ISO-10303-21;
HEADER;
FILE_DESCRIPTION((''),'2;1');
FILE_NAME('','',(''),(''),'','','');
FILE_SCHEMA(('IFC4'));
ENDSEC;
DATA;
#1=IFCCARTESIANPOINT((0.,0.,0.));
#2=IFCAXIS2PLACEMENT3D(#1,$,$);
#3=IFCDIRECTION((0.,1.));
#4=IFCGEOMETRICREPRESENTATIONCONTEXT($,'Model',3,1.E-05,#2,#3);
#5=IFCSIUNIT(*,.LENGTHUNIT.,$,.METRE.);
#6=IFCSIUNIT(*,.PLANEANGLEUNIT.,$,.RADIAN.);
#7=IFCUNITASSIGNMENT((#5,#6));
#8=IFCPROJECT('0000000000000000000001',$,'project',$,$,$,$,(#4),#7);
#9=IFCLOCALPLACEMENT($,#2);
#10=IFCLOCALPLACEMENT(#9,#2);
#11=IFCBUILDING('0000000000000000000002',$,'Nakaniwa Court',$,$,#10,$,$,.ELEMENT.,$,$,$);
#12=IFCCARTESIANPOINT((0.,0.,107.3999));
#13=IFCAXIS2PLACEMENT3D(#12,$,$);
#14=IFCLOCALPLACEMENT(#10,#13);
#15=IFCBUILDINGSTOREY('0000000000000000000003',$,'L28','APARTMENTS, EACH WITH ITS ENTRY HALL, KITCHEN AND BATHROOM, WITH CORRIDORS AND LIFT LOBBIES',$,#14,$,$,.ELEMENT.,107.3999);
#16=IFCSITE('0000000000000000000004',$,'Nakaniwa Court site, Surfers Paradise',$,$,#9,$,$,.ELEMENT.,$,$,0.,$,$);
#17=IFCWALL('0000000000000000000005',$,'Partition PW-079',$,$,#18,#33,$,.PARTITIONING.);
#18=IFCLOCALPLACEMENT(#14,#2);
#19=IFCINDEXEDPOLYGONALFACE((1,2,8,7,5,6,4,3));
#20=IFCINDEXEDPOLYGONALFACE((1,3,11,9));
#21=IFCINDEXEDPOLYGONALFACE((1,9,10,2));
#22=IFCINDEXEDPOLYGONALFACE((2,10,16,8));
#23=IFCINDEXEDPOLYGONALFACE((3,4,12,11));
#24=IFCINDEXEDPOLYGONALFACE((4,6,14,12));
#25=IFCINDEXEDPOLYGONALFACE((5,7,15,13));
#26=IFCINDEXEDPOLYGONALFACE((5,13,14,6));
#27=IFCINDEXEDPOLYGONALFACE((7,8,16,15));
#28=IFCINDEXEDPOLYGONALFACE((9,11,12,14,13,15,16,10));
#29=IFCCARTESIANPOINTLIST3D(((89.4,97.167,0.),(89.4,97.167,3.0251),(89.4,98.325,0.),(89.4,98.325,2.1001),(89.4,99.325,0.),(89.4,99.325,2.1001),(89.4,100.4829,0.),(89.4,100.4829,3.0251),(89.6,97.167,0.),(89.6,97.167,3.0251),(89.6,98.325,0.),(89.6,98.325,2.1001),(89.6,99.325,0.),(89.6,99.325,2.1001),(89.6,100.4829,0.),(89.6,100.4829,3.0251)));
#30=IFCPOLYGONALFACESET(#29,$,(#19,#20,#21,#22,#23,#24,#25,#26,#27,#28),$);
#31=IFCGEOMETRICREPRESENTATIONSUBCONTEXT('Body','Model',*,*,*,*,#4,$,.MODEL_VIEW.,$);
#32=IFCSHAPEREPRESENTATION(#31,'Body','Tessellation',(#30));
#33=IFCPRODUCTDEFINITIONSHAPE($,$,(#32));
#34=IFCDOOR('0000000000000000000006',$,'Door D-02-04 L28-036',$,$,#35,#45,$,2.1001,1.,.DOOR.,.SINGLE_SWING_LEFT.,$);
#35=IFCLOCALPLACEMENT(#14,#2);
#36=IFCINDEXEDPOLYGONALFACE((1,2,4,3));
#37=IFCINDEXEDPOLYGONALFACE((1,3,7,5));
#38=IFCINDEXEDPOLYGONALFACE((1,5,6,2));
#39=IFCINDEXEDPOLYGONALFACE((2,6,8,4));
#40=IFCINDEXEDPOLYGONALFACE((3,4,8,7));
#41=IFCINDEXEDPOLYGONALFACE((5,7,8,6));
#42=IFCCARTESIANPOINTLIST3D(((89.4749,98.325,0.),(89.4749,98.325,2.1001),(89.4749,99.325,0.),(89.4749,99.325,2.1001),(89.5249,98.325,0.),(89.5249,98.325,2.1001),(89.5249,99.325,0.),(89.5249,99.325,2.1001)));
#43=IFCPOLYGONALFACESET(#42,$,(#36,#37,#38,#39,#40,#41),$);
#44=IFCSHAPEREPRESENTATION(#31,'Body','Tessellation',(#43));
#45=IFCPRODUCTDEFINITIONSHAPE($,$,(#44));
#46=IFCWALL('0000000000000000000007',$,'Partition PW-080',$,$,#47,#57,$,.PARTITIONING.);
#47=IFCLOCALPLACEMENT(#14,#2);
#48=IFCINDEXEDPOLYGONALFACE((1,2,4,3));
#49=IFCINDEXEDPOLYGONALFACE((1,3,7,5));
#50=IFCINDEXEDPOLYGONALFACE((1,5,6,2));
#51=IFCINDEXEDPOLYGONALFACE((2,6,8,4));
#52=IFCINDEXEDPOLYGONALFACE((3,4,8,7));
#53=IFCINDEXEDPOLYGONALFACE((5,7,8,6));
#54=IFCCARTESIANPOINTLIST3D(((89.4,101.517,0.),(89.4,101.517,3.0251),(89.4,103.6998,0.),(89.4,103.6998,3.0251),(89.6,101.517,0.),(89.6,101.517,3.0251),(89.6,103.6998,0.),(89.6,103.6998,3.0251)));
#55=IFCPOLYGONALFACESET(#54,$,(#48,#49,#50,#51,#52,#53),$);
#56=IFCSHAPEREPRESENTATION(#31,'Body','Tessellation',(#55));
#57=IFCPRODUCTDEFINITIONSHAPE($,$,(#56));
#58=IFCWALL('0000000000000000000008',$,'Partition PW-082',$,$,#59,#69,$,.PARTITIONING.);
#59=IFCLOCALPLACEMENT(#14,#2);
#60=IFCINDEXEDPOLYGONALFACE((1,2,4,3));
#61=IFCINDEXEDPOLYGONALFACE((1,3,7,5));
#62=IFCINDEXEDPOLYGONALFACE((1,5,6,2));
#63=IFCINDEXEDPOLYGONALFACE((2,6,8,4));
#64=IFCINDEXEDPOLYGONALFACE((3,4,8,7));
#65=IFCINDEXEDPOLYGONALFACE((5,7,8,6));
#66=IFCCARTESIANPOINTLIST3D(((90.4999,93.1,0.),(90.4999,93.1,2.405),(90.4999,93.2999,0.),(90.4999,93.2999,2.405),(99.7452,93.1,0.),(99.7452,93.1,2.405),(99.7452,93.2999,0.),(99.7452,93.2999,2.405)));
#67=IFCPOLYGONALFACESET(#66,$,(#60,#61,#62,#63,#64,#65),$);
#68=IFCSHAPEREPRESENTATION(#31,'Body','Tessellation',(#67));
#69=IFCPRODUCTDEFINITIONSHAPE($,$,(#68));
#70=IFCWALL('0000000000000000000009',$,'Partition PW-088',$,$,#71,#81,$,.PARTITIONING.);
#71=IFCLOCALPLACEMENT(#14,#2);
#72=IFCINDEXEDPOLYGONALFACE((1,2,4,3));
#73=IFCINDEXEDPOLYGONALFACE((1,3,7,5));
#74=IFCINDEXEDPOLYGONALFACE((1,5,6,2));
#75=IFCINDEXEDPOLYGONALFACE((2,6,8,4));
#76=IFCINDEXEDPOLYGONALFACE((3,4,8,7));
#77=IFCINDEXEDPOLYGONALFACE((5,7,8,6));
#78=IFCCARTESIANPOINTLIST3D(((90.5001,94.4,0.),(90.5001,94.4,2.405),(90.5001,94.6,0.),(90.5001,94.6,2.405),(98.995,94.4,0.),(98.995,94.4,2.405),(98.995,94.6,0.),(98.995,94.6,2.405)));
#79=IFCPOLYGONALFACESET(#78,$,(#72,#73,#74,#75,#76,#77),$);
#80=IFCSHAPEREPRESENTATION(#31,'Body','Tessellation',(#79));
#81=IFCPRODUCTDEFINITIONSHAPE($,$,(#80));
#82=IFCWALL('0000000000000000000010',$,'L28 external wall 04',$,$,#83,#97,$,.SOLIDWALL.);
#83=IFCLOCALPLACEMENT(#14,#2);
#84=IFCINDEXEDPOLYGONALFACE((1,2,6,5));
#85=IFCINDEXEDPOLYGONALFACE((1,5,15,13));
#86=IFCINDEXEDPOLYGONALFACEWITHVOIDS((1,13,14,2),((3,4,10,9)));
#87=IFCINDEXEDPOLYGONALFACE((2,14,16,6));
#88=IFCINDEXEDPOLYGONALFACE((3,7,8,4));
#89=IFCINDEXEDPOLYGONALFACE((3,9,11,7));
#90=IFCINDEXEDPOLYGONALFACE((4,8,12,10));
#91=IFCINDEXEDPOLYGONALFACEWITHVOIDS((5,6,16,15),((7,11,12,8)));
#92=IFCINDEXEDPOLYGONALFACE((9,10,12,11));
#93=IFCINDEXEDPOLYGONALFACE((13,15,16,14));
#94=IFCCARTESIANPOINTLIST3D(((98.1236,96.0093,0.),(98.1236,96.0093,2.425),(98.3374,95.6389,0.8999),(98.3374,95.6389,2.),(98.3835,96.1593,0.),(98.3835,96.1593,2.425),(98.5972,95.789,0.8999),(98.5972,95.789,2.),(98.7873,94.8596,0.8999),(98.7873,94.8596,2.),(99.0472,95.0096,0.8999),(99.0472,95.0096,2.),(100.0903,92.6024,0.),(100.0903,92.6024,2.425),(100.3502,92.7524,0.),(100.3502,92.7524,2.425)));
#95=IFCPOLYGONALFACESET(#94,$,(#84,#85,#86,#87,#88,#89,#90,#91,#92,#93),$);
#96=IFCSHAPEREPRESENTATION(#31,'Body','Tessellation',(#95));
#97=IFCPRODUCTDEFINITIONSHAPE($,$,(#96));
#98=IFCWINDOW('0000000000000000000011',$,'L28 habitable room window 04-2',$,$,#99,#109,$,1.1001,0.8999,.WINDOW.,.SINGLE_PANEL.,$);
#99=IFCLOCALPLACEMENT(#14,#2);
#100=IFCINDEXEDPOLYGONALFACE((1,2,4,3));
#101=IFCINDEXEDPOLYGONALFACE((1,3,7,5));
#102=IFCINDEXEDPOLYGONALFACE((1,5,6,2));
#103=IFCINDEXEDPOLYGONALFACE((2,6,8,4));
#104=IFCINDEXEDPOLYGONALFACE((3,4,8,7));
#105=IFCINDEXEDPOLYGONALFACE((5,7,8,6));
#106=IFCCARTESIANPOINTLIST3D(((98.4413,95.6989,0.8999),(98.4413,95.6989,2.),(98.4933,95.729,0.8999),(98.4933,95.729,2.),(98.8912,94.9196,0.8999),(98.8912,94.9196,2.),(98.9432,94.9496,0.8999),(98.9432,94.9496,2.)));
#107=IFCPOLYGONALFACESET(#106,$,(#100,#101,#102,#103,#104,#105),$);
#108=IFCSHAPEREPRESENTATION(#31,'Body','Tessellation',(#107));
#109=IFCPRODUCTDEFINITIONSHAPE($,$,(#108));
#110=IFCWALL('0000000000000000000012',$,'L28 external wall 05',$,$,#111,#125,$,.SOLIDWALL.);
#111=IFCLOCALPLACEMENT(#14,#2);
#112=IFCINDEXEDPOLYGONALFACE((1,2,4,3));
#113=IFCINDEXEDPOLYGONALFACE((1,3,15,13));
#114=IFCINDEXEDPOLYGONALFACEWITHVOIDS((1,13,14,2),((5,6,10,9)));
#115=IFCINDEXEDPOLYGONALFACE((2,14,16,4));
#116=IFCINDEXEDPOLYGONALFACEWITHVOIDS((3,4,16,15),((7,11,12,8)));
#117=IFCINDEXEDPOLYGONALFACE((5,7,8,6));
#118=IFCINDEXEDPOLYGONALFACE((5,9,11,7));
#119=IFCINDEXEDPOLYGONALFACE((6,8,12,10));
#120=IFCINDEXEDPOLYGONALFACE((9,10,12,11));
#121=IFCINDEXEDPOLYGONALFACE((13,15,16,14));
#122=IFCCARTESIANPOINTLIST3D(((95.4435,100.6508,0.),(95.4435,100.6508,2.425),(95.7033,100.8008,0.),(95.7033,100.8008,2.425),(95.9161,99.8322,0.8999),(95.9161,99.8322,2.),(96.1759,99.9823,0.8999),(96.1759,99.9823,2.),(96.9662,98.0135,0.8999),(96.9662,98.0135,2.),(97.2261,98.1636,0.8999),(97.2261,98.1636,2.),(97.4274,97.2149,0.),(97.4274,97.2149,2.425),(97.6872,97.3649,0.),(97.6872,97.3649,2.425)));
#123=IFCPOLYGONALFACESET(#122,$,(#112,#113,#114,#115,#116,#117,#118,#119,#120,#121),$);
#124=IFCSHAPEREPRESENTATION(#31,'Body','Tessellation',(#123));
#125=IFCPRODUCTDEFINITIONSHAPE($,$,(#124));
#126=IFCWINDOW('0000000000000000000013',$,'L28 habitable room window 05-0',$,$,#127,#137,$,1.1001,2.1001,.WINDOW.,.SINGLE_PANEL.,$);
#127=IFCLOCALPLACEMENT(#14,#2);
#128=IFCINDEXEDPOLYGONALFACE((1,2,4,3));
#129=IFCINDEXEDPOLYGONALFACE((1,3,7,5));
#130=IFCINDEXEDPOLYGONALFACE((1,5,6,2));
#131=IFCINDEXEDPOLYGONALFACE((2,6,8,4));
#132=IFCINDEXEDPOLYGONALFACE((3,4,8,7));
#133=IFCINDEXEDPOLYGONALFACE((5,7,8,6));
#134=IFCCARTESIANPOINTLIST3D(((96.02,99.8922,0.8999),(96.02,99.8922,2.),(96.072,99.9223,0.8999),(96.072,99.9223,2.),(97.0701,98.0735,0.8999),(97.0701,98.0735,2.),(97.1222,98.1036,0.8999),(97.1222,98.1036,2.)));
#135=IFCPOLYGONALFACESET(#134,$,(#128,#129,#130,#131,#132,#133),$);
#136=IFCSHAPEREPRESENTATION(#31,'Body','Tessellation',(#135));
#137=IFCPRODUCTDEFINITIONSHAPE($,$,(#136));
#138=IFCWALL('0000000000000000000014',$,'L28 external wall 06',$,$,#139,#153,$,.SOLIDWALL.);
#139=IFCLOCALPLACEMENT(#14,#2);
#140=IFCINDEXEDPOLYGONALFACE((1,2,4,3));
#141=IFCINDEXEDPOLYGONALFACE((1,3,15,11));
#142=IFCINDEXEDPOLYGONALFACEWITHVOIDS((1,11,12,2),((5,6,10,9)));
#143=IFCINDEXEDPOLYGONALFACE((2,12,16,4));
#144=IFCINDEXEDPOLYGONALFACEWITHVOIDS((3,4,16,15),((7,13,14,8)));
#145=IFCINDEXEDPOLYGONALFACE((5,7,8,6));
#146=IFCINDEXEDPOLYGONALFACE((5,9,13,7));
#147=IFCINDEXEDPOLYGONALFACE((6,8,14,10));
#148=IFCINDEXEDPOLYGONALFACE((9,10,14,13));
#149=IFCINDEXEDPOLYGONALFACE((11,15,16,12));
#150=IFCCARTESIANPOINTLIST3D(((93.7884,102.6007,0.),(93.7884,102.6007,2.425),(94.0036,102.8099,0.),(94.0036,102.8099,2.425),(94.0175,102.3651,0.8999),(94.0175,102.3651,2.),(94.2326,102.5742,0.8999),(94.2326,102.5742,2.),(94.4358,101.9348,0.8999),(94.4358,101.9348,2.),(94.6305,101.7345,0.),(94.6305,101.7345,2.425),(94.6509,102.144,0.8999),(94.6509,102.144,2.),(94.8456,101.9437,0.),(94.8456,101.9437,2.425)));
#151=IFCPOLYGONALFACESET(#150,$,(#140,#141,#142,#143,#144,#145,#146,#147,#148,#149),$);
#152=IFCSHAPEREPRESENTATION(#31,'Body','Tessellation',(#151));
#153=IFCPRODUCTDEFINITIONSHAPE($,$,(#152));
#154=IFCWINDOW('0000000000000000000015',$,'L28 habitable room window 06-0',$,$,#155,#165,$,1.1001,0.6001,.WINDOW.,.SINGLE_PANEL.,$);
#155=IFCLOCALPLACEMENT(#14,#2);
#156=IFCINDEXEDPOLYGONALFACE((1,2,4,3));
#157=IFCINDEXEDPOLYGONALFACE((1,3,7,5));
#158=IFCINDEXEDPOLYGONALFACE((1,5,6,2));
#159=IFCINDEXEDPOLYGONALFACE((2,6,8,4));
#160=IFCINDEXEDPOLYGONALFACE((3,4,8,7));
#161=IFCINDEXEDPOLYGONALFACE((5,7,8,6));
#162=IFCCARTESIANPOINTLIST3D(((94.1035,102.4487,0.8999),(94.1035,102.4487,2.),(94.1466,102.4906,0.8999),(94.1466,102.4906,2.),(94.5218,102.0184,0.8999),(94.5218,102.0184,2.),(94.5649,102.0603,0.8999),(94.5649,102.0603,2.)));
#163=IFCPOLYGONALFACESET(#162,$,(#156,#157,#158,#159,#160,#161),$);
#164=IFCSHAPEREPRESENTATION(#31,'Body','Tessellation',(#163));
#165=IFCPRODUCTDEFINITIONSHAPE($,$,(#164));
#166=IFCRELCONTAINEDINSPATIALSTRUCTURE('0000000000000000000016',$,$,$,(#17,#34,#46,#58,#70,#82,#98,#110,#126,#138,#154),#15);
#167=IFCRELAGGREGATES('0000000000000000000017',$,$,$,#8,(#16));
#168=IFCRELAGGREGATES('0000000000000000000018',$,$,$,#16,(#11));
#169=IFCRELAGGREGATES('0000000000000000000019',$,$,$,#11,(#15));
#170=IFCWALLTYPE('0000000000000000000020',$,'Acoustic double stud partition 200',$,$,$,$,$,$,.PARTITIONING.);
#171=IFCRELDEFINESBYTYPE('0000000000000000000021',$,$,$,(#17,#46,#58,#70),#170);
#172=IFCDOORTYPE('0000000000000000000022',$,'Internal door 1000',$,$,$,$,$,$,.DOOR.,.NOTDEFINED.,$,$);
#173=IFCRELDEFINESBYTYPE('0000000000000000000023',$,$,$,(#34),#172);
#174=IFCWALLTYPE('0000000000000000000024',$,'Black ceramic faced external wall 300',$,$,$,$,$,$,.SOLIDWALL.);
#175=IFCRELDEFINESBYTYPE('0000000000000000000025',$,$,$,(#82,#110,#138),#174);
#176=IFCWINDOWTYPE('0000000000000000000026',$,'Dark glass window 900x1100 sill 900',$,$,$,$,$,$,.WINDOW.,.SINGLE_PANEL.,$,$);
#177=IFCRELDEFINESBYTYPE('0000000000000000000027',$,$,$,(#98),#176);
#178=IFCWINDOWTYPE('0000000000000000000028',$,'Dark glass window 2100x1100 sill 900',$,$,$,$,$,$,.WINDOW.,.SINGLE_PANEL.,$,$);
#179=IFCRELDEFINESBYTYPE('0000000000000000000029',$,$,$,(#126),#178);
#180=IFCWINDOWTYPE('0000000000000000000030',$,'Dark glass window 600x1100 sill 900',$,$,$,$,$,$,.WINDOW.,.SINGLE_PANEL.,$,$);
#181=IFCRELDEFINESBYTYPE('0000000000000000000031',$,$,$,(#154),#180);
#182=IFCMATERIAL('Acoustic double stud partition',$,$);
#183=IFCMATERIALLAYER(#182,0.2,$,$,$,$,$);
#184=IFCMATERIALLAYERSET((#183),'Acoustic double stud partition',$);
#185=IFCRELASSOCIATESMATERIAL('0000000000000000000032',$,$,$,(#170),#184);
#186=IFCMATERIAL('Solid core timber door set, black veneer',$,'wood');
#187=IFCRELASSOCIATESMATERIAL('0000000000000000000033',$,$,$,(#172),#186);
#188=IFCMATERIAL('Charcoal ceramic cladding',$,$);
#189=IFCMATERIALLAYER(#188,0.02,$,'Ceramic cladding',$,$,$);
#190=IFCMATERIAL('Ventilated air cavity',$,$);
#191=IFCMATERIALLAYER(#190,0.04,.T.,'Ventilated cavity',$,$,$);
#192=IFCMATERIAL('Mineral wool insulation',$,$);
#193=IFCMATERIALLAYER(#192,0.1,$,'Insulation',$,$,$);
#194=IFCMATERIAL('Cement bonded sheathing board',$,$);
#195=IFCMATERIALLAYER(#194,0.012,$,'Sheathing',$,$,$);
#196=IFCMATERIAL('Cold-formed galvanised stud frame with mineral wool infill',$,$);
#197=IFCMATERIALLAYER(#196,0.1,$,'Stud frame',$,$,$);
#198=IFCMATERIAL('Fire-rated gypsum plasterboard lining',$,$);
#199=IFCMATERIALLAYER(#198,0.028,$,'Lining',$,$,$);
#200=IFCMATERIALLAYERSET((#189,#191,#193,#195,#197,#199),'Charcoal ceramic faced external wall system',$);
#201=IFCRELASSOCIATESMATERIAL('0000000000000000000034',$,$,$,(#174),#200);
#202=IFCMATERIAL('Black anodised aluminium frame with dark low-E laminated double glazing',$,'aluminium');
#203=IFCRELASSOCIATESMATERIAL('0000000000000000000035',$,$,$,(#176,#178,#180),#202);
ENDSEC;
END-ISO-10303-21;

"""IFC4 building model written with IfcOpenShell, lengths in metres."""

from ifc_helpers import new_model, si_unit, direction, frame, frame_2d, origin, place, context, subcontext, project, spatial, rectangle, extrude, material, layer, layer_set, type_object, element, fill, save


model = new_model("IFC4")

# Units and contexts
model_context = context("Model", 3, precision=1e-05, world=origin(), true_north=direction((0.0, 1.0)))
body_context = subcontext(model_context, "Body", "Model", "MODEL_VIEW")
ifc_project = project(units=[si_unit("LENGTHUNIT", "METRE"), si_unit("PLANEANGLEUNIT", "RADIAN")], contexts=[model_context])

# Site, building, storey
site_placement = place(None, origin())
site = spatial("IfcSite", under=ifc_project, at=site_placement, Name="Nakaniwa Court site, Surfers Paradise", CompositionType="ELEMENT", RefElevation=0.0)
building_placement = place(site_placement, origin())
building = spatial("IfcBuilding", under=site, at=building_placement, Name="Nakaniwa Court", CompositionType="ELEMENT")
storey_placement = place(building_placement, frame((0.0, 0.0, 107.3999)))
storey = spatial("IfcBuildingStorey", under=building, at=storey_placement, Name="L28", Description="APARTMENTS, EACH WITH ITS ENTRY HALL, KITCHEN AND BATHROOM, WITH CORRIDORS AND LIFT LOBBIES", CompositionType="ELEMENT", Elevation=107.3999)

# Wall, opening, door
ifc_material_1 = material(Name="Acoustic double stud partition")
ifc_layer_1 = layer(ifc_material_1, 0.2)
ifc_layer_set_1 = layer_set([ifc_layer_1], Name="Acoustic double stud partition")
wall_type_1 = type_object("IfcWallType", Name="Acoustic double stud partition 200", PredefinedType="PARTITIONING", material=ifc_layer_set_1)
wall_1_placement = place(storey_placement, frame((89.5, 100.4829, 0.0), z_axis=(0.0, 0.0, 1.0), x_axis=(0.0, -1.0, 0.0)))
wall_1 = element("IfcWall", 1, at=wall_1_placement, inside=storey, type_object=wall_type_1, Name="Partition PW-079", PredefinedType="PARTITIONING", context=body_context, shape_type="SweptSolid", body=[
    extrude(rectangle(XDim=3.3159, YDim=0.2, at=frame_2d((1.658, 0.0))), origin(), (0.0, 0.0, 1.0), 3.0251),
])
opening_1_placement = place(wall_1_placement, frame((1.158, 0.0, 0.0)))
opening_1 = element("IfcOpeningElement", 2, at=opening_1_placement, cuts=wall_1, PredefinedType="OPENING", context=body_context, shape_type="SweptSolid", body=[
    extrude(rectangle(XDim=1.0, YDim=2.1001, at=frame_2d((0.5, 1.05))), frame((0.0, 0.1099, 0.0), z_axis=(0.0, -1.0, 0.0), x_axis=(1.0, 0.0, 0.0)), (0.0, 0.0, 1.0), 0.22),
])
ifc_material_2 = material(Name="Solid core timber door set, black veneer", Category="wood")
door_type = type_object("IfcDoorType", Name="Internal door 1000", OperationType="NOTDEFINED", PredefinedType="DOOR", material=ifc_material_2)
door_placement = place(opening_1_placement, origin())
door = element("IfcDoor", 3, at=door_placement, inside=storey, type_object=door_type, Name="Door D-02-04 L28-036", OperationType="SINGLE_SWING_LEFT", OverallHeight=2.1001, OverallWidth=1.0, PredefinedType="DOOR", context=body_context, shape_type="SweptSolid", body=[
    extrude(rectangle(XDim=1.0, YDim=2.1001, at=frame_2d((0.5, 1.05))), frame((0.0, 0.0249, 0.0), z_axis=(0.0, -1.0, 0.0), x_axis=(1.0, 0.0, 0.0)), (0.0, 0.0, 1.0), 0.05),
])
fill(opening_1, door)

# Walls
wall_2_placement = place(storey_placement, frame((89.5, 101.5171, 0.0), z_axis=(0.0, 0.0, 1.0), x_axis=(0.0, 1.0, 0.0)))
element("IfcWall", 4, at=wall_2_placement, inside=storey, type_object=wall_type_1, Name="Partition PW-080", PredefinedType="PARTITIONING", context=body_context, shape_type="SweptSolid", body=[
    extrude(rectangle(XDim=2.1829, YDim=0.2, at=frame_2d((1.0913, 0.0))), origin(), (0.0, 0.0, 1.0), 3.0251),
])
wall_3_placement = place(storey_placement, frame((90.5, 93.2, 0.0), z_axis=(0.0, 0.0, 1.0), x_axis=(1.0, 0.0, 0.0)))
element("IfcWall", 5, at=wall_3_placement, inside=storey, type_object=wall_type_1, Name="Partition PW-082", PredefinedType="PARTITIONING", context=body_context, shape_type="SweptSolid", body=[
    extrude(rectangle(XDim=9.2454, YDim=0.2, at=frame_2d((4.6226, 0.0))), origin(), (0.0, 0.0, 1.0), 2.405),
])
wall_4_placement = place(storey_placement, frame((90.5, 94.5, 0.0), z_axis=(0.0, 0.0, 1.0), x_axis=(1.0, 0.0, 0.0)))
element("IfcWall", 6, at=wall_4_placement, inside=storey, type_object=wall_type_1, Name="Partition PW-088", PredefinedType="PARTITIONING", context=body_context, shape_type="SweptSolid", body=[
    extrude(rectangle(XDim=8.4949, YDim=0.2, at=frame_2d((4.2476, 0.0))), origin(), (0.0, 0.0, 1.0), 2.405),
])

# Walls, openings, windows
ifc_material_3 = material(Name="Charcoal ceramic cladding")
ifc_layer_2 = layer(ifc_material_3, 0.02, Name="Ceramic cladding")
ifc_material_4 = material(Name="Ventilated air cavity")
ifc_layer_3 = layer(ifc_material_4, 0.04, ventilated=True, Name="Ventilated cavity")
ifc_material_5 = material(Name="Mineral wool insulation")
ifc_layer_4 = layer(ifc_material_5, 0.1, Name="Insulation")
ifc_material_6 = material(Name="Cement bonded sheathing board")
ifc_layer_5 = layer(ifc_material_6, 0.012, Name="Sheathing")
ifc_material_7 = material(Name="Cold-formed galvanised stud frame with mineral wool infill")
ifc_layer_6 = layer(ifc_material_7, 0.1, Name="Stud frame")
ifc_material_8 = material(Name="Fire-rated gypsum plasterboard lining")
ifc_layer_7 = layer(ifc_material_8, 0.028, Name="Lining")
ifc_layer_set_2 = layer_set([ifc_layer_2, ifc_layer_3, ifc_layer_4, ifc_layer_5, ifc_layer_6, ifc_layer_7], Name="Charcoal ceramic faced external wall system")
wall_type_2 = type_object("IfcWallType", Name="Black ceramic faced external wall 300", PredefinedType="SOLIDWALL", material=ifc_layer_set_2)
wall_5_placement = place(storey_placement, frame((100.2202, 92.6775, 0.0), z_axis=(0.0, 0.0, 1.0), x_axis=(-0.499957, 0.86605, 0.0)))
wall_5 = element("IfcWall", 7, at=wall_5_placement, inside=storey, type_object=wall_type_2, Name="L28 external wall 04", PredefinedType="SOLIDWALL", context=body_context, shape_type="SweptSolid", body=[
    extrude(rectangle(XDim=3.9338, YDim=0.3, at=frame_2d((1.9668, 0.0))), origin(), (0.0, 0.0, 1.0), 2.425),
])
opening_2_placement = place(wall_5_placement, frame((2.6062, 0.0, 0.8999)))
opening_2 = element("IfcOpeningElement", 8, at=opening_2_placement, cuts=wall_5, PredefinedType="OPENING", context=body_context, shape_type="SweptSolid", body=[
    extrude(rectangle(XDim=0.8999, YDim=1.1001, at=frame_2d((0.45, 0.55))), frame((0.0, 0.1599, 0.0), z_axis=(0.0, -1.0, 0.0), x_axis=(1.0, 0.0, 0.0)), (0.0, 0.0, 1.0), 0.3201),
])
ifc_material_9 = material(Name="Black anodised aluminium frame with dark low-E laminated double glazing", Category="aluminium")
window_type_1 = type_object("IfcWindowType", Name="Dark glass window 900x1100 sill 900", PartitioningType="SINGLE_PANEL", PredefinedType="WINDOW", material=ifc_material_9)
window_1_placement = place(opening_2_placement, origin())
window_1 = element("IfcWindow", 9, at=window_1_placement, inside=storey, type_object=window_type_1, Name="L28 habitable room window 04-2", OverallHeight=1.1001, OverallWidth=0.8999, PartitioningType="SINGLE_PANEL", PredefinedType="WINDOW", context=body_context, shape_type="SweptSolid", body=[
    extrude(rectangle(XDim=0.8999, YDim=1.1001, at=frame_2d((0.45, 0.55))), frame((0.0, 0.03, 0.0), z_axis=(0.0, -1.0, 0.0), x_axis=(1.0, 0.0, 0.0)), (0.0, 0.0, 1.0), 0.0601),
])
fill(opening_2, window_1)
wall_6_placement = place(storey_placement, frame((97.5574, 97.2898, 0.0), z_axis=(0.0, 0.0, 1.0), x_axis=(-0.500044, 0.866, 0.0)))
wall_6 = element("IfcWall", 10, at=wall_6_placement, inside=storey, type_object=wall_type_2, Name="L28 external wall 05", PredefinedType="SOLIDWALL", context=body_context, shape_type="SweptSolid", body=[
    extrude(rectangle(XDim=3.9675, YDim=0.3, at=frame_2d((1.9839, 0.0))), origin(), (0.0, 0.0, 1.0), 2.425),
])
opening_3_placement = place(wall_6_placement, frame((0.9224, 0.0, 0.8999)))
opening_3 = element("IfcOpeningElement", 11, at=opening_3_placement, cuts=wall_6, PredefinedType="OPENING", context=body_context, shape_type="SweptSolid", body=[
    extrude(rectangle(XDim=2.1001, YDim=1.1001, at=frame_2d((1.05, 0.55))), frame((0.0, 0.1599, 0.0), z_axis=(0.0, -1.0, 0.0), x_axis=(1.0, 0.0, 0.0)), (0.0, 0.0, 1.0), 0.3201),
])
window_type_2 = type_object("IfcWindowType", Name="Dark glass window 2100x1100 sill 900", PartitioningType="SINGLE_PANEL", PredefinedType="WINDOW", material=ifc_material_9)
window_2_placement = place(opening_3_placement, origin())
window_2 = element("IfcWindow", 12, at=window_2_placement, inside=storey, type_object=window_type_2, Name="L28 habitable room window 05-0", OverallHeight=1.1001, OverallWidth=2.1001, PartitioningType="SINGLE_PANEL", PredefinedType="WINDOW", context=body_context, shape_type="SweptSolid", body=[
    extrude(rectangle(XDim=2.1001, YDim=1.1001, at=frame_2d((1.05, 0.55))), frame((0.0, 0.03, 0.0), z_axis=(0.0, -1.0, 0.0), x_axis=(1.0, 0.0, 0.0)), (0.0, 0.0, 1.0), 0.0601),
])
fill(opening_3, window_2)
wall_7_placement = place(storey_placement, frame((94.738, 101.8391, 0.0), z_axis=(0.0, 0.0, 1.0), x_axis=(-0.697032, 0.71704, 0.0)))
wall_7 = element("IfcWall", 13, at=wall_7_placement, inside=storey, type_object=wall_type_2, Name="L28 external wall 06", PredefinedType="SOLIDWALL", context=body_context, shape_type="SweptSolid", body=[
    extrude(rectangle(XDim=1.208, YDim=0.3, at=frame_2d((0.604, 0.0))), origin(), (0.0, 0.0, 1.0), 2.425),
])
opening_4_placement = place(wall_7_placement, frame((0.2793, 0.0, 0.8999)))
opening_4 = element("IfcOpeningElement", 14, at=opening_4_placement, cuts=wall_7, PredefinedType="OPENING", context=body_context, shape_type="SweptSolid", body=[
    extrude(rectangle(XDim=0.6001, YDim=1.1001, at=frame_2d((0.3, 0.55))), frame((0.0, 0.1599, 0.0), z_axis=(0.0, -1.0, 0.0), x_axis=(1.0, 0.0, 0.0)), (0.0, 0.0, 1.0), 0.3201),
])
window_type_3 = type_object("IfcWindowType", Name="Dark glass window 600x1100 sill 900", PartitioningType="SINGLE_PANEL", PredefinedType="WINDOW", material=ifc_material_9)
window_3_placement = place(opening_4_placement, origin())
window_3 = element("IfcWindow", 15, at=window_3_placement, inside=storey, type_object=window_type_3, Name="L28 habitable room window 06-0", OverallHeight=1.1001, OverallWidth=0.6001, PartitioningType="SINGLE_PANEL", PredefinedType="WINDOW", context=body_context, shape_type="SweptSolid", body=[
    extrude(rectangle(XDim=0.6001, YDim=1.1001, at=frame_2d((0.3, 0.55))), frame((0.0, 0.03, 0.0), z_axis=(0.0, -1.0, 0.0), x_axis=(1.0, 0.0, 0.0)), (0.0, 0.0, 1.0), 0.0601),
])
fill(opening_4, window_3)

save(model, "model.ifc")
